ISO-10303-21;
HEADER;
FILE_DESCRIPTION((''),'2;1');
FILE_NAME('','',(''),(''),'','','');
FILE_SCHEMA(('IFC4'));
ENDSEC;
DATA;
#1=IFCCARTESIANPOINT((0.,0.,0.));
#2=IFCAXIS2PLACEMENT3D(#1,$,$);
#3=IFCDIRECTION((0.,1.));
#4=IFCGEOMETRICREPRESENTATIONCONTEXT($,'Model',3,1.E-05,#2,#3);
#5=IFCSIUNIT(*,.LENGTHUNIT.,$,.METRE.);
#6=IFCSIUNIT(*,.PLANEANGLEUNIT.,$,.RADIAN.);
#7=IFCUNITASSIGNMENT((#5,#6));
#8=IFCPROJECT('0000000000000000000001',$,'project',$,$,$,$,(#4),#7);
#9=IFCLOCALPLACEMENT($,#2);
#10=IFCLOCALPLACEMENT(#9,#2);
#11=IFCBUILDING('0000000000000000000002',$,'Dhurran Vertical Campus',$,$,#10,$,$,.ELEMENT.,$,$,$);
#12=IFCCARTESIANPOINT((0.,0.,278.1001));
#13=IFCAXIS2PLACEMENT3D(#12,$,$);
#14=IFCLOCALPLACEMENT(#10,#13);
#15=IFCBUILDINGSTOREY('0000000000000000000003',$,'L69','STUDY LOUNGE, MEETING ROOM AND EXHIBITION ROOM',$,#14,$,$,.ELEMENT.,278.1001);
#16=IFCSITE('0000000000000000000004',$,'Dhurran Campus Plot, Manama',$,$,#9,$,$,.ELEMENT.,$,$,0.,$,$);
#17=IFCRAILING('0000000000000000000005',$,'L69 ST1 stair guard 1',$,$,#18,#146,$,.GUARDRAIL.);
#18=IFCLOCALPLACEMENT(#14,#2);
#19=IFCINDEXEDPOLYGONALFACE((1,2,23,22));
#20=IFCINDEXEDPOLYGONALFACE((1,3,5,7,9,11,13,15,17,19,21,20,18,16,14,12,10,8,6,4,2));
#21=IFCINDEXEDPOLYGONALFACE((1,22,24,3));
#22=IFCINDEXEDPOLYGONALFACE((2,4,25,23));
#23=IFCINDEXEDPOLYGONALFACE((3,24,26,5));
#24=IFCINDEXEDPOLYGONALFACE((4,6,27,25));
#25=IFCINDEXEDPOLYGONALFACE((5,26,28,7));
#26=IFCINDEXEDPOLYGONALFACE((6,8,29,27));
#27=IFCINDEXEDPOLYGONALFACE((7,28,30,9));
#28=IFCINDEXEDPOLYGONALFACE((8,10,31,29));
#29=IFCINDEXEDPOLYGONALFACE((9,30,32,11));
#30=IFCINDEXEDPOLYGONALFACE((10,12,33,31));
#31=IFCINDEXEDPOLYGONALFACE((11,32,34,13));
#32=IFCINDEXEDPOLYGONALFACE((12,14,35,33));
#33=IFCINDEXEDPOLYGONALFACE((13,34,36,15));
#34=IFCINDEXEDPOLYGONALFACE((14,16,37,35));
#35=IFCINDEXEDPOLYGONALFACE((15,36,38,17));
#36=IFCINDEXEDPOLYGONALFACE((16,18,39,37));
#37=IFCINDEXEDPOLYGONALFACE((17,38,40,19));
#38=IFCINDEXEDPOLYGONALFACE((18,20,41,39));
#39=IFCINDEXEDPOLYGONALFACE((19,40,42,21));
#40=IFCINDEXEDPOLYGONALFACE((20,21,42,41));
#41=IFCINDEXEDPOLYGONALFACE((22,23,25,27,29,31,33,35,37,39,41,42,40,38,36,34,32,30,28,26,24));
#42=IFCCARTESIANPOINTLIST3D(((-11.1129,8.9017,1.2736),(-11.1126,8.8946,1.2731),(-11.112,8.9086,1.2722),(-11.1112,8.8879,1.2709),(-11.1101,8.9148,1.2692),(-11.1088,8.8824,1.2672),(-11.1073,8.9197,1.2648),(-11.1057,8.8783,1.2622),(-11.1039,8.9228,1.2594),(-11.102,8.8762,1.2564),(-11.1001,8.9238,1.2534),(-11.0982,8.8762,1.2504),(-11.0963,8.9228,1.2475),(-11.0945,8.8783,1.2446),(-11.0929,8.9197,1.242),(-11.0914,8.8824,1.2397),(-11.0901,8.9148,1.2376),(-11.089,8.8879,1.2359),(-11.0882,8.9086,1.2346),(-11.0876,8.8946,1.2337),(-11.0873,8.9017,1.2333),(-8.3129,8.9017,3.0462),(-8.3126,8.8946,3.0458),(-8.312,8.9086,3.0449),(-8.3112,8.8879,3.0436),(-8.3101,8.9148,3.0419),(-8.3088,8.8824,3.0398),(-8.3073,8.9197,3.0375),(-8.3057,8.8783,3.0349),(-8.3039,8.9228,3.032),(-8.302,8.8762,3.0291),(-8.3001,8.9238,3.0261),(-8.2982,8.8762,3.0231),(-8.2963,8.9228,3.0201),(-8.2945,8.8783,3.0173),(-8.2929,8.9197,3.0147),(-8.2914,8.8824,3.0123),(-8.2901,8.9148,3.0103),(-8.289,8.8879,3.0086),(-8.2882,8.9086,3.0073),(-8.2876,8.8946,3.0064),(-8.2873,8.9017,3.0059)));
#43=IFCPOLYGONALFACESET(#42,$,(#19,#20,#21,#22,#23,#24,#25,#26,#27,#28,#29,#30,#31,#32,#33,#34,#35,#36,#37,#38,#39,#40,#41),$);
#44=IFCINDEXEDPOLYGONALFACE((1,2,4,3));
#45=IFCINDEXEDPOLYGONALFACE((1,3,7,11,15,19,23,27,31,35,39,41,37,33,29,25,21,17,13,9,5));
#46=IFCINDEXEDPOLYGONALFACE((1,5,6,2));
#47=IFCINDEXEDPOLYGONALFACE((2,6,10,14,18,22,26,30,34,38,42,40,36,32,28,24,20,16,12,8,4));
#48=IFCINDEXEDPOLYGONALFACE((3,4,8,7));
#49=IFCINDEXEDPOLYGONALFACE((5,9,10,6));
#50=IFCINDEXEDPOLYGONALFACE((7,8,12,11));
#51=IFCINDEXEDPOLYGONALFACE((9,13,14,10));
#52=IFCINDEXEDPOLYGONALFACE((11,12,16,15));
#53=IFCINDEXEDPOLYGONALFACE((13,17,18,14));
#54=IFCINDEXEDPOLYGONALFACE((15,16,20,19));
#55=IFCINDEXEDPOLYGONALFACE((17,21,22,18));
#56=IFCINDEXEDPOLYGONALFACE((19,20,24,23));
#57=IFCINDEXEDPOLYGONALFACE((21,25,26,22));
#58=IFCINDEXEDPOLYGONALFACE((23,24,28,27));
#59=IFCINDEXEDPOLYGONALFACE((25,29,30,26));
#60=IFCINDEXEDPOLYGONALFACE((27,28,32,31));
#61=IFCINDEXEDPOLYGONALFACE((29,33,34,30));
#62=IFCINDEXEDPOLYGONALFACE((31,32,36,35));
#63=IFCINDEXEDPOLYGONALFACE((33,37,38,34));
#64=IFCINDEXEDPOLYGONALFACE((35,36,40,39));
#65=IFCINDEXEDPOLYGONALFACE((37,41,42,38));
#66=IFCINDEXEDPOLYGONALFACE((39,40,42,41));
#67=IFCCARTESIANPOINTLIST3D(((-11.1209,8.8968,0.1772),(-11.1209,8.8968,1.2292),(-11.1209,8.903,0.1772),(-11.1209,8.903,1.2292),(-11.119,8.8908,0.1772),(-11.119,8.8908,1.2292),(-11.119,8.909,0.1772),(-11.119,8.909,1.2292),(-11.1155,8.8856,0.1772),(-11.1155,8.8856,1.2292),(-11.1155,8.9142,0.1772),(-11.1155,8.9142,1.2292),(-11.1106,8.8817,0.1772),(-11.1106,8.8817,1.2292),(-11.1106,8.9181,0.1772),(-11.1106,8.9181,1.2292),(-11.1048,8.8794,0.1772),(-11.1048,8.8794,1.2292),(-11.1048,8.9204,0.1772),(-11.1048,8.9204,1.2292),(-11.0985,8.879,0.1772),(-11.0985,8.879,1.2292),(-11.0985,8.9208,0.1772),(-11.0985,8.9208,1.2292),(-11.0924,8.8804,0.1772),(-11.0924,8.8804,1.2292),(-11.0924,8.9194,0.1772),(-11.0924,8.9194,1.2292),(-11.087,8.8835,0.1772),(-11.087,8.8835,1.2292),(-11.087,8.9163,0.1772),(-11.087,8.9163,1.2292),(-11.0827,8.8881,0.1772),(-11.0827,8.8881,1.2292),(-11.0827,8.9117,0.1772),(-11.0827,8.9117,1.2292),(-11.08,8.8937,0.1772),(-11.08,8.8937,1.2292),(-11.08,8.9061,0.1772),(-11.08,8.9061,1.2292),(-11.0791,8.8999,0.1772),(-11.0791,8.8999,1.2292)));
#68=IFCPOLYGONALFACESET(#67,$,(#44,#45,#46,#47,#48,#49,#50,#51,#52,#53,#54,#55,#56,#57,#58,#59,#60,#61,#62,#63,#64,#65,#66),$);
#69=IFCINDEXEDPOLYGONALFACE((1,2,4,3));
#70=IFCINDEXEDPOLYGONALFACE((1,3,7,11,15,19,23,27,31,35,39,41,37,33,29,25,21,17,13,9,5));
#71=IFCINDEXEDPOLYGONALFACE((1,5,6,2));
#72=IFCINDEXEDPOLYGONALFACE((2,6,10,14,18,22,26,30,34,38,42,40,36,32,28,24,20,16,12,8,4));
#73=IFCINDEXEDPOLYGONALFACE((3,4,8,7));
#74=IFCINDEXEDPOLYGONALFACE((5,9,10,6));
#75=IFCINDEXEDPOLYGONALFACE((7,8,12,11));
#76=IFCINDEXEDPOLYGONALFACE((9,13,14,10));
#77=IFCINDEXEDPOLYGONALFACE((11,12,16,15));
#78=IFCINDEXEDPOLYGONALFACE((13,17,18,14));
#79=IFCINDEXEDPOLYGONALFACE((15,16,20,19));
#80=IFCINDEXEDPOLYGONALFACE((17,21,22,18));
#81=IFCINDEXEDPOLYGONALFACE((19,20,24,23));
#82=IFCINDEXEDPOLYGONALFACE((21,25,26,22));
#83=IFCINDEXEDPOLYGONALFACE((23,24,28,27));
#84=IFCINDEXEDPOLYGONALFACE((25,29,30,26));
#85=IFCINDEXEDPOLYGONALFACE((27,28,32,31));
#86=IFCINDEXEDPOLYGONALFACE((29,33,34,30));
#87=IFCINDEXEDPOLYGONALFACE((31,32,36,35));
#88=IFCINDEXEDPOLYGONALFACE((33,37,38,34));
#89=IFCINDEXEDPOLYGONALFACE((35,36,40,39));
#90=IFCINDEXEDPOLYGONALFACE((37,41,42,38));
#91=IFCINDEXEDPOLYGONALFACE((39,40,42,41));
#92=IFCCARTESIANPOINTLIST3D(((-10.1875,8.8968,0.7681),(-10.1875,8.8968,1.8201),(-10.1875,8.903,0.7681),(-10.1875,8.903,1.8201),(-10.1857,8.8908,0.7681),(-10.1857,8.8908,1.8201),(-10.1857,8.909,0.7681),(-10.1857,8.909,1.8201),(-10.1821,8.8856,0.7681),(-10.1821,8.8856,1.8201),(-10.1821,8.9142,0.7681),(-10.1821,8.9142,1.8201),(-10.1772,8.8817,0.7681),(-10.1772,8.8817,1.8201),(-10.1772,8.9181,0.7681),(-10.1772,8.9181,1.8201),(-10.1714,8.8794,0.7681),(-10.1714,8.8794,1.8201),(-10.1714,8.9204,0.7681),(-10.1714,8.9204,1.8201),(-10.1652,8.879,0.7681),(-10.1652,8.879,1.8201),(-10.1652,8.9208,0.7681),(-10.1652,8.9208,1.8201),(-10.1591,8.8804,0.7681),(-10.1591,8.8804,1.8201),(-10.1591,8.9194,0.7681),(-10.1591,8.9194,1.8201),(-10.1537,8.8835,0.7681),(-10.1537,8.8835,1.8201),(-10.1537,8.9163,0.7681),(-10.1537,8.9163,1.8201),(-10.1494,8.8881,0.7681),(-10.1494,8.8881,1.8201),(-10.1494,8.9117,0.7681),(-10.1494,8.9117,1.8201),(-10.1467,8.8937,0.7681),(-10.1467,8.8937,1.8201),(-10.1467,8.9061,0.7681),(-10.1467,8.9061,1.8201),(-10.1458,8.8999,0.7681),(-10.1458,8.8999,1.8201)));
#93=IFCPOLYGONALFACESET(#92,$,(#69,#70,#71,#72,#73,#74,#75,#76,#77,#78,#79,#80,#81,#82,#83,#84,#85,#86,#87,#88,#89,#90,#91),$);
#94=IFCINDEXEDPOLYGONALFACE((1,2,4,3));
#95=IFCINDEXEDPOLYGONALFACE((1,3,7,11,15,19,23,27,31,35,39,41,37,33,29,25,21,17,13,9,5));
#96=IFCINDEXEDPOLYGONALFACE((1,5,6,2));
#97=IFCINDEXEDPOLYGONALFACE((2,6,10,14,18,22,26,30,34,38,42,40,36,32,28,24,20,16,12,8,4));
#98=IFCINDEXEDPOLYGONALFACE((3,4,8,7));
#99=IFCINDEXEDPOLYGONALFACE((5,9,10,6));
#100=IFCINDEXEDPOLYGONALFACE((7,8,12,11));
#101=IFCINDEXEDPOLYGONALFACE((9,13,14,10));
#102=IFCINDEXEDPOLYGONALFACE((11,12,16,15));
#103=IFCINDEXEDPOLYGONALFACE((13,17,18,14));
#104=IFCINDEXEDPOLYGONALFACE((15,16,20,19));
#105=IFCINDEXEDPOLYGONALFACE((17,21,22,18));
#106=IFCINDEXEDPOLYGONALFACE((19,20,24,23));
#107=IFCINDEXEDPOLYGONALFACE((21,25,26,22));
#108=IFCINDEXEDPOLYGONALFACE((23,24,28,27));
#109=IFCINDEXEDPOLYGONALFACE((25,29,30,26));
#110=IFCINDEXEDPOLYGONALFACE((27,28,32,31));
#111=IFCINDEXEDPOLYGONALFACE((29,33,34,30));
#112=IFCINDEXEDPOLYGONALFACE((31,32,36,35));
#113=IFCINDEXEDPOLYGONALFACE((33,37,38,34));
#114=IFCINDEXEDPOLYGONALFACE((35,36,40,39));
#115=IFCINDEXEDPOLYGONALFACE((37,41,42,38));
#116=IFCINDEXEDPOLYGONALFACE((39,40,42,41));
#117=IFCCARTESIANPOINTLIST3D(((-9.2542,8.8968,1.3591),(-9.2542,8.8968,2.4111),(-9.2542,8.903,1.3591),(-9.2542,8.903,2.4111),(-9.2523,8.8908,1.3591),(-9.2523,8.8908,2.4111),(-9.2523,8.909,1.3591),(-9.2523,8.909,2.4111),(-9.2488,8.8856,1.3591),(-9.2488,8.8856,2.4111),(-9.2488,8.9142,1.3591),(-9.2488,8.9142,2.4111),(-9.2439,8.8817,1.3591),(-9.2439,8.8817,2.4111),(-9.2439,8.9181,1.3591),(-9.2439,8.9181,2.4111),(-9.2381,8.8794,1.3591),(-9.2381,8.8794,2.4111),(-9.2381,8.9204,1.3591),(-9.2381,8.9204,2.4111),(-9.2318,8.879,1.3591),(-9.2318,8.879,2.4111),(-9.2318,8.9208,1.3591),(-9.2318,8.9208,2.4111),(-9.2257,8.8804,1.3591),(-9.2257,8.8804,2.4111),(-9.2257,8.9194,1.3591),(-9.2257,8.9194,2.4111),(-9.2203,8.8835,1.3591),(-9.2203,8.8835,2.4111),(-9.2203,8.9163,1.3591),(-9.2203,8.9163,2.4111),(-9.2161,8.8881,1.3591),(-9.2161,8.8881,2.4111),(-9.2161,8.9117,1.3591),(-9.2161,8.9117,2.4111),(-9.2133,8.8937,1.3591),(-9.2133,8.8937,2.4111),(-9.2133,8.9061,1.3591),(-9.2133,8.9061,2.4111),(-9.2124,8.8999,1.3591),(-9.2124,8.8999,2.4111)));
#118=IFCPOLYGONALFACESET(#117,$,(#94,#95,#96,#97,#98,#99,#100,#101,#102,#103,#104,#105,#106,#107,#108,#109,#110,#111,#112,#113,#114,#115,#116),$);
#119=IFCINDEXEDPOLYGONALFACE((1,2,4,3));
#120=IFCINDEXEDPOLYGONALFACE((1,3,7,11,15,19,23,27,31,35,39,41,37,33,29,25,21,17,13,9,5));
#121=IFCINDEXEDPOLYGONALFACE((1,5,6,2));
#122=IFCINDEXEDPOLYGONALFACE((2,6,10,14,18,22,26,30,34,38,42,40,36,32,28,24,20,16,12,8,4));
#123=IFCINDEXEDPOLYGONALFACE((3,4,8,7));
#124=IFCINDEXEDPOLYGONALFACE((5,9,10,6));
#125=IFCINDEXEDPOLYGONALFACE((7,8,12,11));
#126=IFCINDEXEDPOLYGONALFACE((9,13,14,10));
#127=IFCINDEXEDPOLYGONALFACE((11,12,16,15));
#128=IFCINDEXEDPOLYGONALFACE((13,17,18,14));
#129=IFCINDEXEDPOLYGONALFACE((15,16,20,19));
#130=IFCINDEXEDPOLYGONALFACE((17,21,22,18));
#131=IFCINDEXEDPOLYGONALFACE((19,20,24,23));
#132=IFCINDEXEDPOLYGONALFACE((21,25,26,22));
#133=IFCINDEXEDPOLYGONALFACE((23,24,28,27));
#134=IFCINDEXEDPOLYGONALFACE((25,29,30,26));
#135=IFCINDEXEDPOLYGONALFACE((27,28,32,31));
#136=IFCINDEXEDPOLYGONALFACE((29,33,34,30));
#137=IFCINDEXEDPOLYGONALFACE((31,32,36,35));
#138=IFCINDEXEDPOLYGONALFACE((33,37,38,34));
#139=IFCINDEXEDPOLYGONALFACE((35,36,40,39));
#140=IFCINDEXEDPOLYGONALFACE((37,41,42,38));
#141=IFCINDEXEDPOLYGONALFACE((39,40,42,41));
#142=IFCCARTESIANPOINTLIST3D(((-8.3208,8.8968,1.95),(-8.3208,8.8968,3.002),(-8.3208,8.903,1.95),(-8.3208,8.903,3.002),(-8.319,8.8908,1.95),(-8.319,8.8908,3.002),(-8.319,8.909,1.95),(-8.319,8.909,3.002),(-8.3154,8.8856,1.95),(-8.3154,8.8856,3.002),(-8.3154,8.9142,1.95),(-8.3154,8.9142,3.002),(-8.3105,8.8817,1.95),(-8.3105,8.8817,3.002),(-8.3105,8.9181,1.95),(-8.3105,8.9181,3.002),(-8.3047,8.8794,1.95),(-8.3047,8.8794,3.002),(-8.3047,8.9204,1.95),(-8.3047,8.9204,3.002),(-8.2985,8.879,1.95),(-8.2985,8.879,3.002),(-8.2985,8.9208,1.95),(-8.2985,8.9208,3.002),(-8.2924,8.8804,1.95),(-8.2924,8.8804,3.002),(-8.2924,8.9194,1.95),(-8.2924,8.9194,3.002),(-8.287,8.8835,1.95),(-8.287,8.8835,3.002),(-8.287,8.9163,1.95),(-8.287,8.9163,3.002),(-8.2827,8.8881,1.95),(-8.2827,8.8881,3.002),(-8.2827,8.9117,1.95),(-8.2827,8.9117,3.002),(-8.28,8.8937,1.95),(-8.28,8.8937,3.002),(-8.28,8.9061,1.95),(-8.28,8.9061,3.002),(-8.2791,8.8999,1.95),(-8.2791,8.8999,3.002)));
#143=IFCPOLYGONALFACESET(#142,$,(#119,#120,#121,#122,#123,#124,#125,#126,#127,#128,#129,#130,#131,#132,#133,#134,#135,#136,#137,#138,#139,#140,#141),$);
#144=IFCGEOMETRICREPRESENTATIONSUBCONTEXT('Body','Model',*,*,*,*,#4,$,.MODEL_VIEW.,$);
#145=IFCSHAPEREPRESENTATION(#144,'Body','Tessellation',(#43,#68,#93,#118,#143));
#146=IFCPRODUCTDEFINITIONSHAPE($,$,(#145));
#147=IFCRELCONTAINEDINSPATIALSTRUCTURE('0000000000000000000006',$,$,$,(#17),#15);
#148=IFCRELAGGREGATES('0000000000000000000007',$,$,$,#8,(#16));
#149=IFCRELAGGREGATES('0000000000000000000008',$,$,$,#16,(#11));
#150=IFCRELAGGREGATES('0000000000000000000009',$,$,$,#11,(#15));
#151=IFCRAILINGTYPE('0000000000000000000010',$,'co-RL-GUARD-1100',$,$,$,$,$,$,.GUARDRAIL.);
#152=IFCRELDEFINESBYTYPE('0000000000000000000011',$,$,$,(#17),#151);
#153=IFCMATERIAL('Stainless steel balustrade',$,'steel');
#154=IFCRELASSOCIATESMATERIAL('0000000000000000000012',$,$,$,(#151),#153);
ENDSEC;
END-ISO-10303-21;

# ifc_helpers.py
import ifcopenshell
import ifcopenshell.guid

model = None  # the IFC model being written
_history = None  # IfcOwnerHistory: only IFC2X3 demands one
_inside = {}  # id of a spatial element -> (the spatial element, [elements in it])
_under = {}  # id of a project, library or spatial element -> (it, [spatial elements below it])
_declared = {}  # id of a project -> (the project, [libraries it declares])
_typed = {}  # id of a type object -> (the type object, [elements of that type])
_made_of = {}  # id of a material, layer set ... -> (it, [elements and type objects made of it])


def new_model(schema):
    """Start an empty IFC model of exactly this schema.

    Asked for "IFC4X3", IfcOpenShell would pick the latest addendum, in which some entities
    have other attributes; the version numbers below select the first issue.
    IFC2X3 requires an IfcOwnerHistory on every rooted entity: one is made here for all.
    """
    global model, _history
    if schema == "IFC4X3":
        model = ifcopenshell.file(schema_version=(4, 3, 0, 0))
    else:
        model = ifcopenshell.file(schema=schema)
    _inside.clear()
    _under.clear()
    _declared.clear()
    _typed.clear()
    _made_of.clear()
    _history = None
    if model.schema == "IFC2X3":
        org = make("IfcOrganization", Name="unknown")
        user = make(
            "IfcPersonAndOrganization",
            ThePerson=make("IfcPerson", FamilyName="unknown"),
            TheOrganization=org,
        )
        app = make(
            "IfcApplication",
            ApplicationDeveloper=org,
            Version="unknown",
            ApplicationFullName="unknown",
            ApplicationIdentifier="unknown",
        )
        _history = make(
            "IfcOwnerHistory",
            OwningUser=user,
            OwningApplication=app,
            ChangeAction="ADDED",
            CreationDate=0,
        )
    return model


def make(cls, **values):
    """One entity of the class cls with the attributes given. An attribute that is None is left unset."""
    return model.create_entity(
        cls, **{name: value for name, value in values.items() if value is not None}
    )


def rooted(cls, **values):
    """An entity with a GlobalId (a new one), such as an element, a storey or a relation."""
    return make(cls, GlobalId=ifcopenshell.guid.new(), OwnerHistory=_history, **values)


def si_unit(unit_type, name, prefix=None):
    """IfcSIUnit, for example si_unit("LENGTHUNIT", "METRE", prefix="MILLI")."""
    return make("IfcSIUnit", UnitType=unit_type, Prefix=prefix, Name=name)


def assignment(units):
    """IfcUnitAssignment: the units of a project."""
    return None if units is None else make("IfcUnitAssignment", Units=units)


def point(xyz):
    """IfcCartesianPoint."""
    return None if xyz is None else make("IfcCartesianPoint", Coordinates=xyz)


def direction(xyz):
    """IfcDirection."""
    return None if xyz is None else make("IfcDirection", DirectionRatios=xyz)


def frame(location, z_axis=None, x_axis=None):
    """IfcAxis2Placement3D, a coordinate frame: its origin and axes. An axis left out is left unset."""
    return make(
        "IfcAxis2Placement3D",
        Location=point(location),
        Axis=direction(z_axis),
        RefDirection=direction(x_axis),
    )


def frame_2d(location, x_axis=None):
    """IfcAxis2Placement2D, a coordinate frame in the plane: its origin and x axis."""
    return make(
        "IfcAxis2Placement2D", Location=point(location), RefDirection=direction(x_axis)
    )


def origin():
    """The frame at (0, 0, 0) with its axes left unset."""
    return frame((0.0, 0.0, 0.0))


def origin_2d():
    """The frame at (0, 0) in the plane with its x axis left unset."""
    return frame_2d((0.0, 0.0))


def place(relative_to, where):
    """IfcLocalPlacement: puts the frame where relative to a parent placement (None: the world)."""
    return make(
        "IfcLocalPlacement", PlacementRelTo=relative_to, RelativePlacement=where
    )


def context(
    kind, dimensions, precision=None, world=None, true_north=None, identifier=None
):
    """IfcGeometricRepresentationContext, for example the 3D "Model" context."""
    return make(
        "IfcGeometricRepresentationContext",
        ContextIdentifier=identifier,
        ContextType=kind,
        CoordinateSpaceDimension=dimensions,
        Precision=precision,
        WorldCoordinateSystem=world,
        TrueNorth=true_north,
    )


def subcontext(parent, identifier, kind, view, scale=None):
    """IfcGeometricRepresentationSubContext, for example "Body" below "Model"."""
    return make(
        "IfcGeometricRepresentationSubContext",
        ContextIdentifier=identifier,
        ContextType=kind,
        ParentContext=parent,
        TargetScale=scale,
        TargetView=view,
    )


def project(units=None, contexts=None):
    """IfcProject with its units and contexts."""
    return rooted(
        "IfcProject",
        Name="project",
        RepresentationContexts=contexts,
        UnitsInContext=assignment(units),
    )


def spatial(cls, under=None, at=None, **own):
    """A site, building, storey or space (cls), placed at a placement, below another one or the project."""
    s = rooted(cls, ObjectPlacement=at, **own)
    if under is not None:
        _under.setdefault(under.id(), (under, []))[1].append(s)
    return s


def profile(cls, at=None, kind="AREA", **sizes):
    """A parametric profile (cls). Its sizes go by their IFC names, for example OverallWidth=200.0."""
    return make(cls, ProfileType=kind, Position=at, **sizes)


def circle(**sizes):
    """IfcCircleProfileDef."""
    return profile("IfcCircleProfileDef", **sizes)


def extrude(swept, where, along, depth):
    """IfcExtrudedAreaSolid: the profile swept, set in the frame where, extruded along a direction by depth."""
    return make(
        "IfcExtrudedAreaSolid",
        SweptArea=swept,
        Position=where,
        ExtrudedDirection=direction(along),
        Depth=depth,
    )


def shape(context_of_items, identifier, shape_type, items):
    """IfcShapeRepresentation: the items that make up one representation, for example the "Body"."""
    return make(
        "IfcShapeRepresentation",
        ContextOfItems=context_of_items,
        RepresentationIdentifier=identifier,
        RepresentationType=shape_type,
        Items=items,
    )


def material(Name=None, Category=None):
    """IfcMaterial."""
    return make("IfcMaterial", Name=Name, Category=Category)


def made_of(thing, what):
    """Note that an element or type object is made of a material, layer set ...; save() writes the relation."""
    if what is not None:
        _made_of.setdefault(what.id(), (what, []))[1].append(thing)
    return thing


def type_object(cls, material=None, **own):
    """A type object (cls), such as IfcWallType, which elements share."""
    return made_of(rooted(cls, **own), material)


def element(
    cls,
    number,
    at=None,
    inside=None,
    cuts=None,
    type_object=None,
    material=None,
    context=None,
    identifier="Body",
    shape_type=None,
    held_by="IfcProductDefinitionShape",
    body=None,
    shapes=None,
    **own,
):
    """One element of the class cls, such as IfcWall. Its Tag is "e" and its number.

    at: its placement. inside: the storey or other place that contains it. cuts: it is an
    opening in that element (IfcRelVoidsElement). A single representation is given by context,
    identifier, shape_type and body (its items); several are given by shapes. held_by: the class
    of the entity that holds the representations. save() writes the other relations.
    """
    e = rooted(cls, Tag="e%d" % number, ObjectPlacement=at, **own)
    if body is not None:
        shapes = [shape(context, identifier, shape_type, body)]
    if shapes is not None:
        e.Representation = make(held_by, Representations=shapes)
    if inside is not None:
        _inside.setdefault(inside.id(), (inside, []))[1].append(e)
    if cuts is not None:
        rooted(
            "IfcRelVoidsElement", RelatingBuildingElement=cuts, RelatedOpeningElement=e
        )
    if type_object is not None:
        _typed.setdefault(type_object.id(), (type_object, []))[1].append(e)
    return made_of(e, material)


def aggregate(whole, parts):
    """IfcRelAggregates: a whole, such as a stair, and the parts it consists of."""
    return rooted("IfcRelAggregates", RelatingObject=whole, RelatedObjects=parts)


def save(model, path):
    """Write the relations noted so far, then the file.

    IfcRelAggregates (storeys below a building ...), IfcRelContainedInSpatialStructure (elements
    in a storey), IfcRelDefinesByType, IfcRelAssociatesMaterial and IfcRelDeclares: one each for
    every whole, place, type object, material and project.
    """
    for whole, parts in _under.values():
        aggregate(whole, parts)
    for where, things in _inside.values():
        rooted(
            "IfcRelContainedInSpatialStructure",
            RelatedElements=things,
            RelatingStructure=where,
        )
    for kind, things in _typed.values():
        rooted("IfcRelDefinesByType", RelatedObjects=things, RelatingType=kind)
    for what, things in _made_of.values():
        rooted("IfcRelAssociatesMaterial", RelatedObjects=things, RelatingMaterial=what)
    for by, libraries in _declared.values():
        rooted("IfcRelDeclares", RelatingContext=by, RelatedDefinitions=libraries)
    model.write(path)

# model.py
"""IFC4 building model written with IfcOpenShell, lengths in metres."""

from ifc_helpers import new_model, si_unit, direction, frame, origin, origin_2d, place, context, subcontext, project, spatial, circle, extrude, material, type_object, element, save


model = new_model("IFC4")

# Units and contexts
model_context = context("Model", 3, precision=1e-05, world=origin(), true_north=direction((0.0, 1.0)))
body_context = subcontext(model_context, "Body", "Model", "MODEL_VIEW")
ifc_project = project(units=[si_unit("LENGTHUNIT", "METRE"), si_unit("PLANEANGLEUNIT", "RADIAN")], contexts=[model_context])

# Site, building, storey
site_placement = place(None, origin())
site = spatial("IfcSite", under=ifc_project, at=site_placement, Name="Dhurran Campus Plot, Manama", CompositionType="ELEMENT", RefElevation=0.0)
building_placement = place(site_placement, origin())
building = spatial("IfcBuilding", under=site, at=building_placement, Name="Dhurran Vertical Campus", CompositionType="ELEMENT")
storey_placement = place(building_placement, frame((0.0, 0.0, 278.1001)))
storey = spatial("IfcBuildingStorey", under=building, at=storey_placement, Name="L69", Description="STUDY LOUNGE, MEETING ROOM AND EXHIBITION ROOM", CompositionType="ELEMENT", Elevation=278.1001)

# Railing
ifc_material_1 = material(Name="Stainless steel balustrade", Category="steel")
railing_type_1 = type_object("IfcRailingType", Name="co-RL-GUARD-1100", PredefinedType="GUARDRAIL", material=ifc_material_1)
railing_1_placement = place(storey_placement, frame((-11.1001, 8.8999, 0.1772)))
element("IfcRailing", 1, at=railing_1_placement, inside=storey, type_object=railing_type_1, Name="L69 ST1 stair guard 1", PredefinedType="GUARDRAIL", context=body_context, shape_type="SweptSolid", body=[
    extrude(circle(Radius=0.0239, at=origin_2d()), frame((0.0, 0.0, 1.0762), z_axis=(0.844909, 0.0, 0.53491), x_axis=(0.0, 1.0, 0.0)), (0.0, 0.0, 1.0), 3.314),
    extrude(circle(Radius=0.021, at=origin_2d()), origin(), (0.0, 0.0, 1.0), 1.052),
    extrude(circle(Radius=0.021, at=origin_2d()), frame((0.9333, 0.0, 0.5908)), (0.0, 0.0, 1.0), 1.052),
    extrude(circle(Radius=0.021, at=origin_2d()), frame((1.8667, 0.0, 1.1819)), (0.0, 0.0, 1.0), 1.052),
    extrude(circle(Radius=0.021, at=origin_2d()), frame((2.8, 0.0, 1.7727)), (0.0, 0.0, 1.0), 1.052),
])

save(model, "model.ifc")
